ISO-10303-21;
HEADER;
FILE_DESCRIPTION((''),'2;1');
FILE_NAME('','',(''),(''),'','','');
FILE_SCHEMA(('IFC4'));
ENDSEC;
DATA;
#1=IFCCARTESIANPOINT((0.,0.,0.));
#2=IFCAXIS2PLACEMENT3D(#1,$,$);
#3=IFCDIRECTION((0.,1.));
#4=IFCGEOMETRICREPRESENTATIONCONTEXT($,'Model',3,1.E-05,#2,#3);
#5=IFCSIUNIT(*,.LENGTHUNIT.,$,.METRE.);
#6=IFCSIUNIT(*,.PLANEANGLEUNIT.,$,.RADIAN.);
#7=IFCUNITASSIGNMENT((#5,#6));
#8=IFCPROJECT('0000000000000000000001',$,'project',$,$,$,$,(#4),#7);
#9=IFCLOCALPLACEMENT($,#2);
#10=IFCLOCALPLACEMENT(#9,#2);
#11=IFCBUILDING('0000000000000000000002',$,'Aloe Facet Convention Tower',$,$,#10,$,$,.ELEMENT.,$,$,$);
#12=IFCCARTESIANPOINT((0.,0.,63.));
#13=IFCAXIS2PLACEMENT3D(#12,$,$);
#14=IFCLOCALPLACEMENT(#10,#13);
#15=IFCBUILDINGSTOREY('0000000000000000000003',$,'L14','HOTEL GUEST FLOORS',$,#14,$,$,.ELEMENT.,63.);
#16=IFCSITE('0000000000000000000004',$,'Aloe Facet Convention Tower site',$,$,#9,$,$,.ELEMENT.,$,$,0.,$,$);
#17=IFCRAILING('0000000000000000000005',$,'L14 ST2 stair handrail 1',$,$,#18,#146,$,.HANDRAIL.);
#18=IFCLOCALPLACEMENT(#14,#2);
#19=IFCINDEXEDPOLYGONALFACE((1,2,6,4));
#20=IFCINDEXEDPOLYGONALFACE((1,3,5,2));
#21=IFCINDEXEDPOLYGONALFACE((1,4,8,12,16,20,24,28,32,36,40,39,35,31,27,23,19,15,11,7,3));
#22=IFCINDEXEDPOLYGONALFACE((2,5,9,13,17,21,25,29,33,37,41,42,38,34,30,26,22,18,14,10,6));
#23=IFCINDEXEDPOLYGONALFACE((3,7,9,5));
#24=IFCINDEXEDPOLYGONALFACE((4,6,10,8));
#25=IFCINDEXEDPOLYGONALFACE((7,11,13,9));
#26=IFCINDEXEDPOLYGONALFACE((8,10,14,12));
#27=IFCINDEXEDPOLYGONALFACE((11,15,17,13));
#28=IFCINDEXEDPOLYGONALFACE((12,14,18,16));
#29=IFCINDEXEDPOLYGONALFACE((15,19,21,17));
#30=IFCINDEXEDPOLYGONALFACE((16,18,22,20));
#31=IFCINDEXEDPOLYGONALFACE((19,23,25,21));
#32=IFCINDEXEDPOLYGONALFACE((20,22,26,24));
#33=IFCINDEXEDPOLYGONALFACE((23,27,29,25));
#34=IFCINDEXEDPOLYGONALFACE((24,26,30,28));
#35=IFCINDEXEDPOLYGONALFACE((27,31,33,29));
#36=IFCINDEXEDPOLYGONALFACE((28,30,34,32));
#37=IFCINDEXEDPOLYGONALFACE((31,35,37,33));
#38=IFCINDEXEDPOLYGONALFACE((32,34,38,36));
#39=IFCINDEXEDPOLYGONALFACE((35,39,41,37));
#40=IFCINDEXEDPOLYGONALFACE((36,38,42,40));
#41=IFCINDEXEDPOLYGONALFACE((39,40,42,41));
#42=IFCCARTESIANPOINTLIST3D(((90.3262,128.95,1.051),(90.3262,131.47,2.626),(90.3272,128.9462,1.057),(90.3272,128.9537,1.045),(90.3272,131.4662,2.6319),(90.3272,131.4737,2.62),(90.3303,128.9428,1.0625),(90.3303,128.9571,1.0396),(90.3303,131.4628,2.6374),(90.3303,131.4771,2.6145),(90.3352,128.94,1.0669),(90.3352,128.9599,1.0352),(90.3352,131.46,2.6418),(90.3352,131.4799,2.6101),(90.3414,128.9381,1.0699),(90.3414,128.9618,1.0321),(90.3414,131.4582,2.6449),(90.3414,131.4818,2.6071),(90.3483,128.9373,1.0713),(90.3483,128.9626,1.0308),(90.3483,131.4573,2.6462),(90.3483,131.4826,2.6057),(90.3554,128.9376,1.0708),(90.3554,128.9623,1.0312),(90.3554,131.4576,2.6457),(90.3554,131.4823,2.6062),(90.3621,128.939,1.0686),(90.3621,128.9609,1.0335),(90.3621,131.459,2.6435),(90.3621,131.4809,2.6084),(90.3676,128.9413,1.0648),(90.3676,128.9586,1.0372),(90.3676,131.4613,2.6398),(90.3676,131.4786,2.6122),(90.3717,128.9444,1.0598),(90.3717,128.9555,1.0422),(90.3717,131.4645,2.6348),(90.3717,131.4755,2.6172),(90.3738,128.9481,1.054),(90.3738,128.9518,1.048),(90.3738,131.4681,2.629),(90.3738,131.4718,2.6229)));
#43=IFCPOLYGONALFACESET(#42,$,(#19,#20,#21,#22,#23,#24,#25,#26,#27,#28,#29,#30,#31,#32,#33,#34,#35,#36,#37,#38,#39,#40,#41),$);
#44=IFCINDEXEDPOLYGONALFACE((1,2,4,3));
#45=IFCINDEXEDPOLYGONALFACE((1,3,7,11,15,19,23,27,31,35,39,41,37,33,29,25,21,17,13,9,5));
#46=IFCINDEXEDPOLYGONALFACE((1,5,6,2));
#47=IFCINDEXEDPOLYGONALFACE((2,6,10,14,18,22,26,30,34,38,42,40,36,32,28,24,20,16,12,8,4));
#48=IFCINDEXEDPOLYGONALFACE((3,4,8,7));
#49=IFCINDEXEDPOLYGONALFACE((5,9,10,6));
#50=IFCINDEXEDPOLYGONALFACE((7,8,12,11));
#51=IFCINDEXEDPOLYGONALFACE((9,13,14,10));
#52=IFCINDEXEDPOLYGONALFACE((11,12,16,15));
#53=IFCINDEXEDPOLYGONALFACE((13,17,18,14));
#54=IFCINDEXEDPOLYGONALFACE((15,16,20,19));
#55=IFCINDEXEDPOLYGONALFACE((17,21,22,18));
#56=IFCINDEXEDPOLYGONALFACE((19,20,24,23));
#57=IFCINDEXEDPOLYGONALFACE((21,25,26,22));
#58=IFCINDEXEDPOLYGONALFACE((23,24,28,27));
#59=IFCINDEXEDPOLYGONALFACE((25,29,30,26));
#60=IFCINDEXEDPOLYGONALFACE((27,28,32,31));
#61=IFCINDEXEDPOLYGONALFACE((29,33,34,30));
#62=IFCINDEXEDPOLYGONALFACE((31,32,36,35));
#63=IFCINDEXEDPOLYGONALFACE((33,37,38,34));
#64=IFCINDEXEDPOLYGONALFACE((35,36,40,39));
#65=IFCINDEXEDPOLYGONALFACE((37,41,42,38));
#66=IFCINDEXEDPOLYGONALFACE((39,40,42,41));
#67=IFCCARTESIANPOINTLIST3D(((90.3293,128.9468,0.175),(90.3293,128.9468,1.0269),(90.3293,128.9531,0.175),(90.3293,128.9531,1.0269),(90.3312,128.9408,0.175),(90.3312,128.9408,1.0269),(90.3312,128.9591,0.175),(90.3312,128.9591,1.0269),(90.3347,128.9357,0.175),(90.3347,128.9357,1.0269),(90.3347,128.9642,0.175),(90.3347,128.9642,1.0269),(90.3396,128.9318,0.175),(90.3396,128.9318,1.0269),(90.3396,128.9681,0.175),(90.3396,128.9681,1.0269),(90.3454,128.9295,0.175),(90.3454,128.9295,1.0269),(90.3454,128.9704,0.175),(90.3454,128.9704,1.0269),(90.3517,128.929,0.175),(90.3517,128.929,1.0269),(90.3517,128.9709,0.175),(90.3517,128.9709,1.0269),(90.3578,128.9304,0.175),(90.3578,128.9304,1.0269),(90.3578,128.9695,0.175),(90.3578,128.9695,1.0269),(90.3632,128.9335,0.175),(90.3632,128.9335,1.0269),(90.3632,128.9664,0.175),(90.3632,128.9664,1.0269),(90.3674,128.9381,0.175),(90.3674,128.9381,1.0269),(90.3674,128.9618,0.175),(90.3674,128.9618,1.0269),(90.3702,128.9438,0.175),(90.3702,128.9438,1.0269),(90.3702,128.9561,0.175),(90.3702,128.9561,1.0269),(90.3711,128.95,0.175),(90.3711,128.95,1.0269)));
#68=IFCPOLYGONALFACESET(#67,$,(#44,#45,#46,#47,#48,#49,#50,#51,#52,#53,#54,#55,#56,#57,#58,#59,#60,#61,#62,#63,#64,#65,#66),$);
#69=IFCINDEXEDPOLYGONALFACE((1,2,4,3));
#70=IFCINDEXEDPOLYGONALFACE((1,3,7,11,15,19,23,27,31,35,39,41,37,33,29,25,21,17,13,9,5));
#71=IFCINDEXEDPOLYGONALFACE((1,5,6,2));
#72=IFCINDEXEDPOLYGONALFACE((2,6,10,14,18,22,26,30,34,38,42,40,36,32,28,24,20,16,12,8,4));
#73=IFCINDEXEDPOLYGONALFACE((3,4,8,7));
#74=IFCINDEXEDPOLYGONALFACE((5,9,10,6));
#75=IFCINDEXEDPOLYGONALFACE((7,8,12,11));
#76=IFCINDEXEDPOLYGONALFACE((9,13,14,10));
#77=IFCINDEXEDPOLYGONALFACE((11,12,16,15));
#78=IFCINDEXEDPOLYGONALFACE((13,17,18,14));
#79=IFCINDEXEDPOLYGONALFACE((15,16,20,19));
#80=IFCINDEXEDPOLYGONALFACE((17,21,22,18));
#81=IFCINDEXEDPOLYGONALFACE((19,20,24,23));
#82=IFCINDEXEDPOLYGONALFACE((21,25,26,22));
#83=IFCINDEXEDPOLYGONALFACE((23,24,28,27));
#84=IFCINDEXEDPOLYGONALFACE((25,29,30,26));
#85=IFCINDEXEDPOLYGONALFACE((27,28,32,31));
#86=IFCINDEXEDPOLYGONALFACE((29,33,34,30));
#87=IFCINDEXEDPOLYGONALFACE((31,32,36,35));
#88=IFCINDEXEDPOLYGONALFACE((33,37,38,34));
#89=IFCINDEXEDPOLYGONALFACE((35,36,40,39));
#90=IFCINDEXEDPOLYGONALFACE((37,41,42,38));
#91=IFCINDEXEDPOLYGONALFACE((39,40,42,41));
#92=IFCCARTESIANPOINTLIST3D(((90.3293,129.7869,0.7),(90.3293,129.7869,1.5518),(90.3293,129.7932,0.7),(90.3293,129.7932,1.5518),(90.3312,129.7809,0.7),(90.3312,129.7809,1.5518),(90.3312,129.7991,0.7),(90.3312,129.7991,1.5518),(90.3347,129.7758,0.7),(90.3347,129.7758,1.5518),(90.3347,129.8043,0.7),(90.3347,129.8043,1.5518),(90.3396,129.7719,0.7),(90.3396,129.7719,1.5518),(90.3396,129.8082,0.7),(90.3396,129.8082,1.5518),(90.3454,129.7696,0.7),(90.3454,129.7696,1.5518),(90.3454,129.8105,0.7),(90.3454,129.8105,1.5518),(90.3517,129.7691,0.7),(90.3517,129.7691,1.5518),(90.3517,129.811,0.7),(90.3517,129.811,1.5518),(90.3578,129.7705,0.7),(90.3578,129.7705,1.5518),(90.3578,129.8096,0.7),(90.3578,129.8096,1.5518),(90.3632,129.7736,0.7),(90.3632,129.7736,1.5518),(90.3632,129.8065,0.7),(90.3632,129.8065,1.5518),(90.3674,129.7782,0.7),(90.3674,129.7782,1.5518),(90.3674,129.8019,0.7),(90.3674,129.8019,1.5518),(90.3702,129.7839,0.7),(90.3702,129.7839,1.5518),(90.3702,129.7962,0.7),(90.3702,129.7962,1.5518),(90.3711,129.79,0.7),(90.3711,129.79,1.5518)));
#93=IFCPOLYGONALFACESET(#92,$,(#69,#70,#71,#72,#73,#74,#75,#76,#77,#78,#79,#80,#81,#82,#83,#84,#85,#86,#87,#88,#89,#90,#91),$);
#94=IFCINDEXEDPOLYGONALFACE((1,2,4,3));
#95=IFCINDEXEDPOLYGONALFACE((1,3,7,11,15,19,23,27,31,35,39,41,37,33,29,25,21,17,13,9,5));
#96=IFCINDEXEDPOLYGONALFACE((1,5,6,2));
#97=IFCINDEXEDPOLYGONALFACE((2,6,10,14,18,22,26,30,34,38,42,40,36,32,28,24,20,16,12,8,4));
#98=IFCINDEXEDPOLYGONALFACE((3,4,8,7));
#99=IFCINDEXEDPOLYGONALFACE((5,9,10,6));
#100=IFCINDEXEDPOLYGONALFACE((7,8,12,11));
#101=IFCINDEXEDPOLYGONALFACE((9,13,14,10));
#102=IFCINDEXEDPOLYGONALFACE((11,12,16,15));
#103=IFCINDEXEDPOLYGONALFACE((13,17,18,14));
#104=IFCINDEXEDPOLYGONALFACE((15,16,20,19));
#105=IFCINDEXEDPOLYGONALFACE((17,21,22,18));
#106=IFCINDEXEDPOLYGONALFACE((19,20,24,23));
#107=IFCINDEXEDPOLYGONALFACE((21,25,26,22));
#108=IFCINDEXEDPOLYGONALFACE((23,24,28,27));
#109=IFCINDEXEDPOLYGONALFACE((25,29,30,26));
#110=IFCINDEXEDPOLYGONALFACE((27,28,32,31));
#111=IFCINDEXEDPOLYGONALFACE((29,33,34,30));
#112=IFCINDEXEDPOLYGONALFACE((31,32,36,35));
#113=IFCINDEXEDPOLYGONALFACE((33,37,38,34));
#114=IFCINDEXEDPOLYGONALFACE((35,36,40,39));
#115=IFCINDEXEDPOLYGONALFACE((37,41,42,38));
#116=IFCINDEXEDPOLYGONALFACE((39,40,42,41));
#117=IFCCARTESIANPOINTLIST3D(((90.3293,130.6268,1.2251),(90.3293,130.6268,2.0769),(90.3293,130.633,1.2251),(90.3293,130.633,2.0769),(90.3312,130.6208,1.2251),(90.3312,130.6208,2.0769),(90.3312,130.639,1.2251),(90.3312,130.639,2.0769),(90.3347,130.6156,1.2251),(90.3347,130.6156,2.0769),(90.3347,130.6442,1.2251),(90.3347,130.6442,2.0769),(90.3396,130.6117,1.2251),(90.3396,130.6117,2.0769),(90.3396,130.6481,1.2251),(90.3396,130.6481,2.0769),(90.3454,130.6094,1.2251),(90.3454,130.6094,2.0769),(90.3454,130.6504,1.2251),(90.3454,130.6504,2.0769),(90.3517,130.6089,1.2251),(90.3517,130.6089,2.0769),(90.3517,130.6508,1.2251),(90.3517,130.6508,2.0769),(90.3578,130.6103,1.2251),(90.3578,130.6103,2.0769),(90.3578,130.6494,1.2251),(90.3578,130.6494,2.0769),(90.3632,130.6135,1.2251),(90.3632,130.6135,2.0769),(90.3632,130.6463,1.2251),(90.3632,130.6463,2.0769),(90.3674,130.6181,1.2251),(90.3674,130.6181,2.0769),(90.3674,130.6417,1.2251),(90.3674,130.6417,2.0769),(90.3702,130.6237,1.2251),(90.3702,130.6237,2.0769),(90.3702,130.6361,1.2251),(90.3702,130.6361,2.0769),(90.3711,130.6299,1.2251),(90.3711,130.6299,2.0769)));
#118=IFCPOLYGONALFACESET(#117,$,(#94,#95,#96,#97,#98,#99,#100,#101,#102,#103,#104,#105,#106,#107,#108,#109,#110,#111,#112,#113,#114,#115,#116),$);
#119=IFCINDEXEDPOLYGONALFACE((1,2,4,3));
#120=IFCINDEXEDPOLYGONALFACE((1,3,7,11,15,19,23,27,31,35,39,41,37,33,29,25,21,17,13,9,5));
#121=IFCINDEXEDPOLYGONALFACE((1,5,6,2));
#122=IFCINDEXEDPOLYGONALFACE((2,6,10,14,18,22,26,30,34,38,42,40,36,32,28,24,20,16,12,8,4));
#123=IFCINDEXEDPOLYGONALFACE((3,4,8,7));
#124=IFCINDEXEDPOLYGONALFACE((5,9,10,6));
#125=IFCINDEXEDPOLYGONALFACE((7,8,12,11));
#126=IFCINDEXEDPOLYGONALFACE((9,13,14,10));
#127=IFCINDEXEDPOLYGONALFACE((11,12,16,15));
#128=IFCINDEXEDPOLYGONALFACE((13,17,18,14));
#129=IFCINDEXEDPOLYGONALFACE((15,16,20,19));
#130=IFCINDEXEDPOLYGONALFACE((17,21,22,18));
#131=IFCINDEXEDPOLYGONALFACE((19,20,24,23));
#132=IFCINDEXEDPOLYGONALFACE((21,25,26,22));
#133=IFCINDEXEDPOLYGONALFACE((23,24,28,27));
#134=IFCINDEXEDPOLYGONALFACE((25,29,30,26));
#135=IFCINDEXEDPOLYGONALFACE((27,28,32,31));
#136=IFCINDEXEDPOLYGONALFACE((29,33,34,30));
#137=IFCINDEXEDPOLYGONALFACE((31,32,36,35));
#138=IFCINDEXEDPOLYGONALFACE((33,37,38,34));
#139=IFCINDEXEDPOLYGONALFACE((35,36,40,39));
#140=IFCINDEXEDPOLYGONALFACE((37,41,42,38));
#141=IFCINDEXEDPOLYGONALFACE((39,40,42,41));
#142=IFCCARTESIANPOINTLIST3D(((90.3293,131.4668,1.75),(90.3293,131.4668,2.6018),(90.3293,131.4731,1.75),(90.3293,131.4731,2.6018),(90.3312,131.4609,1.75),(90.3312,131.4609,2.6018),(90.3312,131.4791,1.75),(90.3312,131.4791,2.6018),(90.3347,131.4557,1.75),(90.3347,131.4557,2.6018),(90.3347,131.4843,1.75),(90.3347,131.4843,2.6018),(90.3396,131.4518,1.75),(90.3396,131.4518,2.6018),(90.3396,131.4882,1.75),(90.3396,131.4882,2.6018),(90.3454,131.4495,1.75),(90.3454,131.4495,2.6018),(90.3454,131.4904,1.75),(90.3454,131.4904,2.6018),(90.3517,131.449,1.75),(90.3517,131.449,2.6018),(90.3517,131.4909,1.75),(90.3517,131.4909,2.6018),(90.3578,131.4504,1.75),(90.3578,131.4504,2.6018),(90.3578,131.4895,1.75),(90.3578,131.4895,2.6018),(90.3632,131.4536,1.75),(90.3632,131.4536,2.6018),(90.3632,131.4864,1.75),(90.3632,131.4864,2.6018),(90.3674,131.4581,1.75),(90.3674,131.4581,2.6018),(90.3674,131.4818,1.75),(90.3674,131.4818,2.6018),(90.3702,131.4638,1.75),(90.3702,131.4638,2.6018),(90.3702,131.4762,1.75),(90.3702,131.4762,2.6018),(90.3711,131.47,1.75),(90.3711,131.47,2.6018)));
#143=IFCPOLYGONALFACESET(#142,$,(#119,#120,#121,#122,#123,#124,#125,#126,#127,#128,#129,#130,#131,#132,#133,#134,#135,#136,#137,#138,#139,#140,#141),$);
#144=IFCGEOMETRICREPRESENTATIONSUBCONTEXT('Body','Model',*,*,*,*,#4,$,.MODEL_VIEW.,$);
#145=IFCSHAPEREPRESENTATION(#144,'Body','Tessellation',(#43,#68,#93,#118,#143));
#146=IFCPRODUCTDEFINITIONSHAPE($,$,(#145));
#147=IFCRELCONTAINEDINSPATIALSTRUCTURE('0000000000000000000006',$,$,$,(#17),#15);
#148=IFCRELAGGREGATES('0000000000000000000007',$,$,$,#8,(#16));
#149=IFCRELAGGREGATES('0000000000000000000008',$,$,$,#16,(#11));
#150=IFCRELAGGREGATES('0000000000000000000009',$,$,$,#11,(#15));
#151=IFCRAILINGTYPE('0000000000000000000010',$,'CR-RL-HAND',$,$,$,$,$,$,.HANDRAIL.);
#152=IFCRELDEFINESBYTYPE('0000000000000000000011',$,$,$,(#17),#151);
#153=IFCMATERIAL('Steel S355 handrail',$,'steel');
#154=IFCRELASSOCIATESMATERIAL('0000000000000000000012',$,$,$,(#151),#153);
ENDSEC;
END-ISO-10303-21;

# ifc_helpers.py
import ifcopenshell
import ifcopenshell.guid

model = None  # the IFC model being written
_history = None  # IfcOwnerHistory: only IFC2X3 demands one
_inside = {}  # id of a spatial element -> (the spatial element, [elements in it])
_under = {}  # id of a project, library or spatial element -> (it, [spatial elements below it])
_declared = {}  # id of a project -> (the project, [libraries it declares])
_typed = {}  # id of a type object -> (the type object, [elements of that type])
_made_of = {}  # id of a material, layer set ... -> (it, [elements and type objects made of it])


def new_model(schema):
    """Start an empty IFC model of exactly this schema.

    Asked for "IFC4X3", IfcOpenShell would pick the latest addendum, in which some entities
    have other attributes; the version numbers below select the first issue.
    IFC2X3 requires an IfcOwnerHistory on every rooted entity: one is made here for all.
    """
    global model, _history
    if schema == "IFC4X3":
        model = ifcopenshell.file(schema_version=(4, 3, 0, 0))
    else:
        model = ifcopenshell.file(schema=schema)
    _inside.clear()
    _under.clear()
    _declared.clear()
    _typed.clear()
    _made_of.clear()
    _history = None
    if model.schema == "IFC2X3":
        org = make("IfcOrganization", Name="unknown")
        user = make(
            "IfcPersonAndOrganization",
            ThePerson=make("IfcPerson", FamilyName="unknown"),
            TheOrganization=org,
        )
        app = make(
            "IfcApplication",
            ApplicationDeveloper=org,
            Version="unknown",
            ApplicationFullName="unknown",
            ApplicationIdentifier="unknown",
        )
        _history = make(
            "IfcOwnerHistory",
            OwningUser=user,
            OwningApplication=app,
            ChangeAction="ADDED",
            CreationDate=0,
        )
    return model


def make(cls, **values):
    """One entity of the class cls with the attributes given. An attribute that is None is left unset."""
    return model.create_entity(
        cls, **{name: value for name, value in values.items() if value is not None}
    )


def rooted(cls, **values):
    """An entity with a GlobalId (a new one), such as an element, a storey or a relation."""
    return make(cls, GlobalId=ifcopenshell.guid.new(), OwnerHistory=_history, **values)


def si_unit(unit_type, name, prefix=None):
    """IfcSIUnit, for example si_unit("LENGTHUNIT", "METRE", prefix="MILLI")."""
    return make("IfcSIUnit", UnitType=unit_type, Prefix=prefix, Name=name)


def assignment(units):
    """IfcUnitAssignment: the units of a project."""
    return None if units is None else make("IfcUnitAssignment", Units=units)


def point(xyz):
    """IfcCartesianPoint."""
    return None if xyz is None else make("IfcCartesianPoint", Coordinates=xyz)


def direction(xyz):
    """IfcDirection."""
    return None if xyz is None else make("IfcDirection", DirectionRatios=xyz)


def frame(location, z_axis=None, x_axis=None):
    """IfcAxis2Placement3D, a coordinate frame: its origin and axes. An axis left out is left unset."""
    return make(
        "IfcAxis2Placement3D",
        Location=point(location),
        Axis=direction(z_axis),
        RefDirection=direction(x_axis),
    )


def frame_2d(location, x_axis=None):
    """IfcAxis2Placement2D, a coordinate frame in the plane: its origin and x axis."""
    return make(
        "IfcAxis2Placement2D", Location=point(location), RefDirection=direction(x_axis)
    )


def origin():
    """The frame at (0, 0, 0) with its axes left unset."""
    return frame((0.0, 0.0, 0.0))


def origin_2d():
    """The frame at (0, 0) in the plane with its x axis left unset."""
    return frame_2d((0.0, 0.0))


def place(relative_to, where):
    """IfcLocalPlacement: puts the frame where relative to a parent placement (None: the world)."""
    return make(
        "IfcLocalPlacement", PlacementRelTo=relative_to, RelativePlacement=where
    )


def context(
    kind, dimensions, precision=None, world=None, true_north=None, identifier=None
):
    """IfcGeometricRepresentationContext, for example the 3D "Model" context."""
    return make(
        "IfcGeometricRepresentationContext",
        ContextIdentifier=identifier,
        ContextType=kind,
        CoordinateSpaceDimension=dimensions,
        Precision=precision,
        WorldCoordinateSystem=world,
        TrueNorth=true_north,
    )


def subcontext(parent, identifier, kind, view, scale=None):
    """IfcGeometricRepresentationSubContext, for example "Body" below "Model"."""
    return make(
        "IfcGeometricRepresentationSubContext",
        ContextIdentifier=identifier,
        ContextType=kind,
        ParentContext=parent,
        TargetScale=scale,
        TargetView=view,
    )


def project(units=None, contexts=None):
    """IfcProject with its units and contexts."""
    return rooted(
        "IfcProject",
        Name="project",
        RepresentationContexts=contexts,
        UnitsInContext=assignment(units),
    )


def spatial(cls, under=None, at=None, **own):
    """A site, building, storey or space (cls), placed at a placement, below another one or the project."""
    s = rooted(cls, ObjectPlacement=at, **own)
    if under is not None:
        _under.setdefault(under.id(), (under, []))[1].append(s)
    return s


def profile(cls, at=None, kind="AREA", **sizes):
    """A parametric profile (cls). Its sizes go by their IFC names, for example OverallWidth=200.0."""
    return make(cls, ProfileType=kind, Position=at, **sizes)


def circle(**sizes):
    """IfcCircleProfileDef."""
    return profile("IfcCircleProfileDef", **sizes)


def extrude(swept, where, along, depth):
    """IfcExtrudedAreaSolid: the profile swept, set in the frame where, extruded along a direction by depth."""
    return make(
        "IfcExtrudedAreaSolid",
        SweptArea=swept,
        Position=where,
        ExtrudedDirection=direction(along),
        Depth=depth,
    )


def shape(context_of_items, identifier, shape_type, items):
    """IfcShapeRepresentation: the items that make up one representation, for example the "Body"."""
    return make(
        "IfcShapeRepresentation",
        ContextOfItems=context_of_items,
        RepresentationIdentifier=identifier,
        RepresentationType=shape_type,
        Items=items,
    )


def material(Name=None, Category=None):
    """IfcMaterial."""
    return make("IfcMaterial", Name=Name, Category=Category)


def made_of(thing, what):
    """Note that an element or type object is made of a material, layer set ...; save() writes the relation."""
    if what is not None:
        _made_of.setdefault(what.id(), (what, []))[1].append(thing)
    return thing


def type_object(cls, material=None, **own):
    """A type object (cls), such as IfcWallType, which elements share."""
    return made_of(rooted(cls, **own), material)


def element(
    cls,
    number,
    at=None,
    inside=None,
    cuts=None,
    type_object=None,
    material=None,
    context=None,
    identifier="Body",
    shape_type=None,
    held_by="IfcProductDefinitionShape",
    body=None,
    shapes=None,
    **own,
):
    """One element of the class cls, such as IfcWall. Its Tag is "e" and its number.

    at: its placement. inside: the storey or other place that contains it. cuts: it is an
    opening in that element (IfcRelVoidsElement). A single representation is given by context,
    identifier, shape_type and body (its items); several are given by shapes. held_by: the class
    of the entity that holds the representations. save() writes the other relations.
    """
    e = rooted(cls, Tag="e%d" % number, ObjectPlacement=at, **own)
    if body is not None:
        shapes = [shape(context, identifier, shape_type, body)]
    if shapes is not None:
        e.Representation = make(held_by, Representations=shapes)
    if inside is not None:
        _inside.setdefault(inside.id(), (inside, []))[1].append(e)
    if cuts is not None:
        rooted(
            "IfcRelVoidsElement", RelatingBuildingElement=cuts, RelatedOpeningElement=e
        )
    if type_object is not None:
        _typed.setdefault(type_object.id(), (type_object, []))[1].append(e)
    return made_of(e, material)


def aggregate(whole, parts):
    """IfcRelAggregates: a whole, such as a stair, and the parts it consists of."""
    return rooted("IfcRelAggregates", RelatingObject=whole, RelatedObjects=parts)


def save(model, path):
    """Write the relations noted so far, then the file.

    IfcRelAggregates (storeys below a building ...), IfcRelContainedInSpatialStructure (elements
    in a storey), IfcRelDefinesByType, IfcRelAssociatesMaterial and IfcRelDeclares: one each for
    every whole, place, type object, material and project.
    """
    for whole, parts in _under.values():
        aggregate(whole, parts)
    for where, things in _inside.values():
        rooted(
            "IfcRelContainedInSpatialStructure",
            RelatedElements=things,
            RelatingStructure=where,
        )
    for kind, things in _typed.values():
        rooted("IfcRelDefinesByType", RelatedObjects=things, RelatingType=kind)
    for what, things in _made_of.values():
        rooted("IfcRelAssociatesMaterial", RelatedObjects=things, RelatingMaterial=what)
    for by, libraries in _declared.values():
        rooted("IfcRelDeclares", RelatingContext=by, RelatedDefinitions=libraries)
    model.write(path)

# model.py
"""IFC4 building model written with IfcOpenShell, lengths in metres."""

from ifc_helpers import new_model, si_unit, direction, frame, origin, origin_2d, place, context, subcontext, project, spatial, circle, extrude, material, type_object, element, save


model = new_model("IFC4")

# Units and contexts
model_context = context("Model", 3, precision=1e-05, world=origin(), true_north=direction((0.0, 1.0)))
body_context = subcontext(model_context, "Body", "Model", "MODEL_VIEW")
ifc_project = project(units=[si_unit("LENGTHUNIT", "METRE"), si_unit("PLANEANGLEUNIT", "RADIAN")], contexts=[model_context])

# Site, building, storey
site_placement = place(None, origin())
site = spatial("IfcSite", under=ifc_project, at=site_placement, Name="Aloe Facet Convention Tower site", CompositionType="ELEMENT", RefElevation=0.0)
building_placement = place(site_placement, origin())
building = spatial("IfcBuilding", under=site, at=building_placement, Name="Aloe Facet Convention Tower", CompositionType="ELEMENT")
storey_placement = place(building_placement, frame((0.0, 0.0, 63.0)))
storey = spatial("IfcBuildingStorey", under=building, at=storey_placement, Name="L14", Description="HOTEL GUEST FLOORS", CompositionType="ELEMENT", Elevation=63.0)

# Railing
ifc_material_1 = material(Name="Steel S355 handrail", Category="steel")
railing_type_1 = type_object("IfcRailingType", Name="CR-RL-HAND", PredefinedType="HANDRAIL", material=ifc_material_1)
railing_1_placement = place(storey_placement, frame((90.3501, 128.95, 0.175)))
element("IfcRailing", 1, at=railing_1_placement, inside=storey, type_object=railing_type_1, Name="L14 ST2 stair handrail 1", PredefinedType="HANDRAIL", context=body_context, shape_type="SweptSolid", body=[
    extrude(circle(Radius=0.0239, at=origin_2d()), frame((0.0, 0.0, 0.876), z_axis=(0.0, 0.848008, 0.529984), x_axis=(-1.0, 0.0, 0.0)), (0.0, 0.0, 1.0), 2.9717),
    extrude(circle(Radius=0.021, at=origin_2d()), origin(), (0.0, 0.0, 1.0), 0.8518),
    extrude(circle(Radius=0.021, at=origin_2d()), frame((0.0, 0.8401, 0.5249)), (0.0, 0.0, 1.0), 0.8518),
    extrude(circle(Radius=0.021, at=origin_2d()), frame((0.0, 1.6799, 1.05)), (0.0, 0.0, 1.0), 0.8518),
    extrude(circle(Radius=0.021, at=origin_2d()), frame((0.0, 2.52, 1.575)), (0.0, 0.0, 1.0), 0.8518),
])

save(model, "model.ifc")
